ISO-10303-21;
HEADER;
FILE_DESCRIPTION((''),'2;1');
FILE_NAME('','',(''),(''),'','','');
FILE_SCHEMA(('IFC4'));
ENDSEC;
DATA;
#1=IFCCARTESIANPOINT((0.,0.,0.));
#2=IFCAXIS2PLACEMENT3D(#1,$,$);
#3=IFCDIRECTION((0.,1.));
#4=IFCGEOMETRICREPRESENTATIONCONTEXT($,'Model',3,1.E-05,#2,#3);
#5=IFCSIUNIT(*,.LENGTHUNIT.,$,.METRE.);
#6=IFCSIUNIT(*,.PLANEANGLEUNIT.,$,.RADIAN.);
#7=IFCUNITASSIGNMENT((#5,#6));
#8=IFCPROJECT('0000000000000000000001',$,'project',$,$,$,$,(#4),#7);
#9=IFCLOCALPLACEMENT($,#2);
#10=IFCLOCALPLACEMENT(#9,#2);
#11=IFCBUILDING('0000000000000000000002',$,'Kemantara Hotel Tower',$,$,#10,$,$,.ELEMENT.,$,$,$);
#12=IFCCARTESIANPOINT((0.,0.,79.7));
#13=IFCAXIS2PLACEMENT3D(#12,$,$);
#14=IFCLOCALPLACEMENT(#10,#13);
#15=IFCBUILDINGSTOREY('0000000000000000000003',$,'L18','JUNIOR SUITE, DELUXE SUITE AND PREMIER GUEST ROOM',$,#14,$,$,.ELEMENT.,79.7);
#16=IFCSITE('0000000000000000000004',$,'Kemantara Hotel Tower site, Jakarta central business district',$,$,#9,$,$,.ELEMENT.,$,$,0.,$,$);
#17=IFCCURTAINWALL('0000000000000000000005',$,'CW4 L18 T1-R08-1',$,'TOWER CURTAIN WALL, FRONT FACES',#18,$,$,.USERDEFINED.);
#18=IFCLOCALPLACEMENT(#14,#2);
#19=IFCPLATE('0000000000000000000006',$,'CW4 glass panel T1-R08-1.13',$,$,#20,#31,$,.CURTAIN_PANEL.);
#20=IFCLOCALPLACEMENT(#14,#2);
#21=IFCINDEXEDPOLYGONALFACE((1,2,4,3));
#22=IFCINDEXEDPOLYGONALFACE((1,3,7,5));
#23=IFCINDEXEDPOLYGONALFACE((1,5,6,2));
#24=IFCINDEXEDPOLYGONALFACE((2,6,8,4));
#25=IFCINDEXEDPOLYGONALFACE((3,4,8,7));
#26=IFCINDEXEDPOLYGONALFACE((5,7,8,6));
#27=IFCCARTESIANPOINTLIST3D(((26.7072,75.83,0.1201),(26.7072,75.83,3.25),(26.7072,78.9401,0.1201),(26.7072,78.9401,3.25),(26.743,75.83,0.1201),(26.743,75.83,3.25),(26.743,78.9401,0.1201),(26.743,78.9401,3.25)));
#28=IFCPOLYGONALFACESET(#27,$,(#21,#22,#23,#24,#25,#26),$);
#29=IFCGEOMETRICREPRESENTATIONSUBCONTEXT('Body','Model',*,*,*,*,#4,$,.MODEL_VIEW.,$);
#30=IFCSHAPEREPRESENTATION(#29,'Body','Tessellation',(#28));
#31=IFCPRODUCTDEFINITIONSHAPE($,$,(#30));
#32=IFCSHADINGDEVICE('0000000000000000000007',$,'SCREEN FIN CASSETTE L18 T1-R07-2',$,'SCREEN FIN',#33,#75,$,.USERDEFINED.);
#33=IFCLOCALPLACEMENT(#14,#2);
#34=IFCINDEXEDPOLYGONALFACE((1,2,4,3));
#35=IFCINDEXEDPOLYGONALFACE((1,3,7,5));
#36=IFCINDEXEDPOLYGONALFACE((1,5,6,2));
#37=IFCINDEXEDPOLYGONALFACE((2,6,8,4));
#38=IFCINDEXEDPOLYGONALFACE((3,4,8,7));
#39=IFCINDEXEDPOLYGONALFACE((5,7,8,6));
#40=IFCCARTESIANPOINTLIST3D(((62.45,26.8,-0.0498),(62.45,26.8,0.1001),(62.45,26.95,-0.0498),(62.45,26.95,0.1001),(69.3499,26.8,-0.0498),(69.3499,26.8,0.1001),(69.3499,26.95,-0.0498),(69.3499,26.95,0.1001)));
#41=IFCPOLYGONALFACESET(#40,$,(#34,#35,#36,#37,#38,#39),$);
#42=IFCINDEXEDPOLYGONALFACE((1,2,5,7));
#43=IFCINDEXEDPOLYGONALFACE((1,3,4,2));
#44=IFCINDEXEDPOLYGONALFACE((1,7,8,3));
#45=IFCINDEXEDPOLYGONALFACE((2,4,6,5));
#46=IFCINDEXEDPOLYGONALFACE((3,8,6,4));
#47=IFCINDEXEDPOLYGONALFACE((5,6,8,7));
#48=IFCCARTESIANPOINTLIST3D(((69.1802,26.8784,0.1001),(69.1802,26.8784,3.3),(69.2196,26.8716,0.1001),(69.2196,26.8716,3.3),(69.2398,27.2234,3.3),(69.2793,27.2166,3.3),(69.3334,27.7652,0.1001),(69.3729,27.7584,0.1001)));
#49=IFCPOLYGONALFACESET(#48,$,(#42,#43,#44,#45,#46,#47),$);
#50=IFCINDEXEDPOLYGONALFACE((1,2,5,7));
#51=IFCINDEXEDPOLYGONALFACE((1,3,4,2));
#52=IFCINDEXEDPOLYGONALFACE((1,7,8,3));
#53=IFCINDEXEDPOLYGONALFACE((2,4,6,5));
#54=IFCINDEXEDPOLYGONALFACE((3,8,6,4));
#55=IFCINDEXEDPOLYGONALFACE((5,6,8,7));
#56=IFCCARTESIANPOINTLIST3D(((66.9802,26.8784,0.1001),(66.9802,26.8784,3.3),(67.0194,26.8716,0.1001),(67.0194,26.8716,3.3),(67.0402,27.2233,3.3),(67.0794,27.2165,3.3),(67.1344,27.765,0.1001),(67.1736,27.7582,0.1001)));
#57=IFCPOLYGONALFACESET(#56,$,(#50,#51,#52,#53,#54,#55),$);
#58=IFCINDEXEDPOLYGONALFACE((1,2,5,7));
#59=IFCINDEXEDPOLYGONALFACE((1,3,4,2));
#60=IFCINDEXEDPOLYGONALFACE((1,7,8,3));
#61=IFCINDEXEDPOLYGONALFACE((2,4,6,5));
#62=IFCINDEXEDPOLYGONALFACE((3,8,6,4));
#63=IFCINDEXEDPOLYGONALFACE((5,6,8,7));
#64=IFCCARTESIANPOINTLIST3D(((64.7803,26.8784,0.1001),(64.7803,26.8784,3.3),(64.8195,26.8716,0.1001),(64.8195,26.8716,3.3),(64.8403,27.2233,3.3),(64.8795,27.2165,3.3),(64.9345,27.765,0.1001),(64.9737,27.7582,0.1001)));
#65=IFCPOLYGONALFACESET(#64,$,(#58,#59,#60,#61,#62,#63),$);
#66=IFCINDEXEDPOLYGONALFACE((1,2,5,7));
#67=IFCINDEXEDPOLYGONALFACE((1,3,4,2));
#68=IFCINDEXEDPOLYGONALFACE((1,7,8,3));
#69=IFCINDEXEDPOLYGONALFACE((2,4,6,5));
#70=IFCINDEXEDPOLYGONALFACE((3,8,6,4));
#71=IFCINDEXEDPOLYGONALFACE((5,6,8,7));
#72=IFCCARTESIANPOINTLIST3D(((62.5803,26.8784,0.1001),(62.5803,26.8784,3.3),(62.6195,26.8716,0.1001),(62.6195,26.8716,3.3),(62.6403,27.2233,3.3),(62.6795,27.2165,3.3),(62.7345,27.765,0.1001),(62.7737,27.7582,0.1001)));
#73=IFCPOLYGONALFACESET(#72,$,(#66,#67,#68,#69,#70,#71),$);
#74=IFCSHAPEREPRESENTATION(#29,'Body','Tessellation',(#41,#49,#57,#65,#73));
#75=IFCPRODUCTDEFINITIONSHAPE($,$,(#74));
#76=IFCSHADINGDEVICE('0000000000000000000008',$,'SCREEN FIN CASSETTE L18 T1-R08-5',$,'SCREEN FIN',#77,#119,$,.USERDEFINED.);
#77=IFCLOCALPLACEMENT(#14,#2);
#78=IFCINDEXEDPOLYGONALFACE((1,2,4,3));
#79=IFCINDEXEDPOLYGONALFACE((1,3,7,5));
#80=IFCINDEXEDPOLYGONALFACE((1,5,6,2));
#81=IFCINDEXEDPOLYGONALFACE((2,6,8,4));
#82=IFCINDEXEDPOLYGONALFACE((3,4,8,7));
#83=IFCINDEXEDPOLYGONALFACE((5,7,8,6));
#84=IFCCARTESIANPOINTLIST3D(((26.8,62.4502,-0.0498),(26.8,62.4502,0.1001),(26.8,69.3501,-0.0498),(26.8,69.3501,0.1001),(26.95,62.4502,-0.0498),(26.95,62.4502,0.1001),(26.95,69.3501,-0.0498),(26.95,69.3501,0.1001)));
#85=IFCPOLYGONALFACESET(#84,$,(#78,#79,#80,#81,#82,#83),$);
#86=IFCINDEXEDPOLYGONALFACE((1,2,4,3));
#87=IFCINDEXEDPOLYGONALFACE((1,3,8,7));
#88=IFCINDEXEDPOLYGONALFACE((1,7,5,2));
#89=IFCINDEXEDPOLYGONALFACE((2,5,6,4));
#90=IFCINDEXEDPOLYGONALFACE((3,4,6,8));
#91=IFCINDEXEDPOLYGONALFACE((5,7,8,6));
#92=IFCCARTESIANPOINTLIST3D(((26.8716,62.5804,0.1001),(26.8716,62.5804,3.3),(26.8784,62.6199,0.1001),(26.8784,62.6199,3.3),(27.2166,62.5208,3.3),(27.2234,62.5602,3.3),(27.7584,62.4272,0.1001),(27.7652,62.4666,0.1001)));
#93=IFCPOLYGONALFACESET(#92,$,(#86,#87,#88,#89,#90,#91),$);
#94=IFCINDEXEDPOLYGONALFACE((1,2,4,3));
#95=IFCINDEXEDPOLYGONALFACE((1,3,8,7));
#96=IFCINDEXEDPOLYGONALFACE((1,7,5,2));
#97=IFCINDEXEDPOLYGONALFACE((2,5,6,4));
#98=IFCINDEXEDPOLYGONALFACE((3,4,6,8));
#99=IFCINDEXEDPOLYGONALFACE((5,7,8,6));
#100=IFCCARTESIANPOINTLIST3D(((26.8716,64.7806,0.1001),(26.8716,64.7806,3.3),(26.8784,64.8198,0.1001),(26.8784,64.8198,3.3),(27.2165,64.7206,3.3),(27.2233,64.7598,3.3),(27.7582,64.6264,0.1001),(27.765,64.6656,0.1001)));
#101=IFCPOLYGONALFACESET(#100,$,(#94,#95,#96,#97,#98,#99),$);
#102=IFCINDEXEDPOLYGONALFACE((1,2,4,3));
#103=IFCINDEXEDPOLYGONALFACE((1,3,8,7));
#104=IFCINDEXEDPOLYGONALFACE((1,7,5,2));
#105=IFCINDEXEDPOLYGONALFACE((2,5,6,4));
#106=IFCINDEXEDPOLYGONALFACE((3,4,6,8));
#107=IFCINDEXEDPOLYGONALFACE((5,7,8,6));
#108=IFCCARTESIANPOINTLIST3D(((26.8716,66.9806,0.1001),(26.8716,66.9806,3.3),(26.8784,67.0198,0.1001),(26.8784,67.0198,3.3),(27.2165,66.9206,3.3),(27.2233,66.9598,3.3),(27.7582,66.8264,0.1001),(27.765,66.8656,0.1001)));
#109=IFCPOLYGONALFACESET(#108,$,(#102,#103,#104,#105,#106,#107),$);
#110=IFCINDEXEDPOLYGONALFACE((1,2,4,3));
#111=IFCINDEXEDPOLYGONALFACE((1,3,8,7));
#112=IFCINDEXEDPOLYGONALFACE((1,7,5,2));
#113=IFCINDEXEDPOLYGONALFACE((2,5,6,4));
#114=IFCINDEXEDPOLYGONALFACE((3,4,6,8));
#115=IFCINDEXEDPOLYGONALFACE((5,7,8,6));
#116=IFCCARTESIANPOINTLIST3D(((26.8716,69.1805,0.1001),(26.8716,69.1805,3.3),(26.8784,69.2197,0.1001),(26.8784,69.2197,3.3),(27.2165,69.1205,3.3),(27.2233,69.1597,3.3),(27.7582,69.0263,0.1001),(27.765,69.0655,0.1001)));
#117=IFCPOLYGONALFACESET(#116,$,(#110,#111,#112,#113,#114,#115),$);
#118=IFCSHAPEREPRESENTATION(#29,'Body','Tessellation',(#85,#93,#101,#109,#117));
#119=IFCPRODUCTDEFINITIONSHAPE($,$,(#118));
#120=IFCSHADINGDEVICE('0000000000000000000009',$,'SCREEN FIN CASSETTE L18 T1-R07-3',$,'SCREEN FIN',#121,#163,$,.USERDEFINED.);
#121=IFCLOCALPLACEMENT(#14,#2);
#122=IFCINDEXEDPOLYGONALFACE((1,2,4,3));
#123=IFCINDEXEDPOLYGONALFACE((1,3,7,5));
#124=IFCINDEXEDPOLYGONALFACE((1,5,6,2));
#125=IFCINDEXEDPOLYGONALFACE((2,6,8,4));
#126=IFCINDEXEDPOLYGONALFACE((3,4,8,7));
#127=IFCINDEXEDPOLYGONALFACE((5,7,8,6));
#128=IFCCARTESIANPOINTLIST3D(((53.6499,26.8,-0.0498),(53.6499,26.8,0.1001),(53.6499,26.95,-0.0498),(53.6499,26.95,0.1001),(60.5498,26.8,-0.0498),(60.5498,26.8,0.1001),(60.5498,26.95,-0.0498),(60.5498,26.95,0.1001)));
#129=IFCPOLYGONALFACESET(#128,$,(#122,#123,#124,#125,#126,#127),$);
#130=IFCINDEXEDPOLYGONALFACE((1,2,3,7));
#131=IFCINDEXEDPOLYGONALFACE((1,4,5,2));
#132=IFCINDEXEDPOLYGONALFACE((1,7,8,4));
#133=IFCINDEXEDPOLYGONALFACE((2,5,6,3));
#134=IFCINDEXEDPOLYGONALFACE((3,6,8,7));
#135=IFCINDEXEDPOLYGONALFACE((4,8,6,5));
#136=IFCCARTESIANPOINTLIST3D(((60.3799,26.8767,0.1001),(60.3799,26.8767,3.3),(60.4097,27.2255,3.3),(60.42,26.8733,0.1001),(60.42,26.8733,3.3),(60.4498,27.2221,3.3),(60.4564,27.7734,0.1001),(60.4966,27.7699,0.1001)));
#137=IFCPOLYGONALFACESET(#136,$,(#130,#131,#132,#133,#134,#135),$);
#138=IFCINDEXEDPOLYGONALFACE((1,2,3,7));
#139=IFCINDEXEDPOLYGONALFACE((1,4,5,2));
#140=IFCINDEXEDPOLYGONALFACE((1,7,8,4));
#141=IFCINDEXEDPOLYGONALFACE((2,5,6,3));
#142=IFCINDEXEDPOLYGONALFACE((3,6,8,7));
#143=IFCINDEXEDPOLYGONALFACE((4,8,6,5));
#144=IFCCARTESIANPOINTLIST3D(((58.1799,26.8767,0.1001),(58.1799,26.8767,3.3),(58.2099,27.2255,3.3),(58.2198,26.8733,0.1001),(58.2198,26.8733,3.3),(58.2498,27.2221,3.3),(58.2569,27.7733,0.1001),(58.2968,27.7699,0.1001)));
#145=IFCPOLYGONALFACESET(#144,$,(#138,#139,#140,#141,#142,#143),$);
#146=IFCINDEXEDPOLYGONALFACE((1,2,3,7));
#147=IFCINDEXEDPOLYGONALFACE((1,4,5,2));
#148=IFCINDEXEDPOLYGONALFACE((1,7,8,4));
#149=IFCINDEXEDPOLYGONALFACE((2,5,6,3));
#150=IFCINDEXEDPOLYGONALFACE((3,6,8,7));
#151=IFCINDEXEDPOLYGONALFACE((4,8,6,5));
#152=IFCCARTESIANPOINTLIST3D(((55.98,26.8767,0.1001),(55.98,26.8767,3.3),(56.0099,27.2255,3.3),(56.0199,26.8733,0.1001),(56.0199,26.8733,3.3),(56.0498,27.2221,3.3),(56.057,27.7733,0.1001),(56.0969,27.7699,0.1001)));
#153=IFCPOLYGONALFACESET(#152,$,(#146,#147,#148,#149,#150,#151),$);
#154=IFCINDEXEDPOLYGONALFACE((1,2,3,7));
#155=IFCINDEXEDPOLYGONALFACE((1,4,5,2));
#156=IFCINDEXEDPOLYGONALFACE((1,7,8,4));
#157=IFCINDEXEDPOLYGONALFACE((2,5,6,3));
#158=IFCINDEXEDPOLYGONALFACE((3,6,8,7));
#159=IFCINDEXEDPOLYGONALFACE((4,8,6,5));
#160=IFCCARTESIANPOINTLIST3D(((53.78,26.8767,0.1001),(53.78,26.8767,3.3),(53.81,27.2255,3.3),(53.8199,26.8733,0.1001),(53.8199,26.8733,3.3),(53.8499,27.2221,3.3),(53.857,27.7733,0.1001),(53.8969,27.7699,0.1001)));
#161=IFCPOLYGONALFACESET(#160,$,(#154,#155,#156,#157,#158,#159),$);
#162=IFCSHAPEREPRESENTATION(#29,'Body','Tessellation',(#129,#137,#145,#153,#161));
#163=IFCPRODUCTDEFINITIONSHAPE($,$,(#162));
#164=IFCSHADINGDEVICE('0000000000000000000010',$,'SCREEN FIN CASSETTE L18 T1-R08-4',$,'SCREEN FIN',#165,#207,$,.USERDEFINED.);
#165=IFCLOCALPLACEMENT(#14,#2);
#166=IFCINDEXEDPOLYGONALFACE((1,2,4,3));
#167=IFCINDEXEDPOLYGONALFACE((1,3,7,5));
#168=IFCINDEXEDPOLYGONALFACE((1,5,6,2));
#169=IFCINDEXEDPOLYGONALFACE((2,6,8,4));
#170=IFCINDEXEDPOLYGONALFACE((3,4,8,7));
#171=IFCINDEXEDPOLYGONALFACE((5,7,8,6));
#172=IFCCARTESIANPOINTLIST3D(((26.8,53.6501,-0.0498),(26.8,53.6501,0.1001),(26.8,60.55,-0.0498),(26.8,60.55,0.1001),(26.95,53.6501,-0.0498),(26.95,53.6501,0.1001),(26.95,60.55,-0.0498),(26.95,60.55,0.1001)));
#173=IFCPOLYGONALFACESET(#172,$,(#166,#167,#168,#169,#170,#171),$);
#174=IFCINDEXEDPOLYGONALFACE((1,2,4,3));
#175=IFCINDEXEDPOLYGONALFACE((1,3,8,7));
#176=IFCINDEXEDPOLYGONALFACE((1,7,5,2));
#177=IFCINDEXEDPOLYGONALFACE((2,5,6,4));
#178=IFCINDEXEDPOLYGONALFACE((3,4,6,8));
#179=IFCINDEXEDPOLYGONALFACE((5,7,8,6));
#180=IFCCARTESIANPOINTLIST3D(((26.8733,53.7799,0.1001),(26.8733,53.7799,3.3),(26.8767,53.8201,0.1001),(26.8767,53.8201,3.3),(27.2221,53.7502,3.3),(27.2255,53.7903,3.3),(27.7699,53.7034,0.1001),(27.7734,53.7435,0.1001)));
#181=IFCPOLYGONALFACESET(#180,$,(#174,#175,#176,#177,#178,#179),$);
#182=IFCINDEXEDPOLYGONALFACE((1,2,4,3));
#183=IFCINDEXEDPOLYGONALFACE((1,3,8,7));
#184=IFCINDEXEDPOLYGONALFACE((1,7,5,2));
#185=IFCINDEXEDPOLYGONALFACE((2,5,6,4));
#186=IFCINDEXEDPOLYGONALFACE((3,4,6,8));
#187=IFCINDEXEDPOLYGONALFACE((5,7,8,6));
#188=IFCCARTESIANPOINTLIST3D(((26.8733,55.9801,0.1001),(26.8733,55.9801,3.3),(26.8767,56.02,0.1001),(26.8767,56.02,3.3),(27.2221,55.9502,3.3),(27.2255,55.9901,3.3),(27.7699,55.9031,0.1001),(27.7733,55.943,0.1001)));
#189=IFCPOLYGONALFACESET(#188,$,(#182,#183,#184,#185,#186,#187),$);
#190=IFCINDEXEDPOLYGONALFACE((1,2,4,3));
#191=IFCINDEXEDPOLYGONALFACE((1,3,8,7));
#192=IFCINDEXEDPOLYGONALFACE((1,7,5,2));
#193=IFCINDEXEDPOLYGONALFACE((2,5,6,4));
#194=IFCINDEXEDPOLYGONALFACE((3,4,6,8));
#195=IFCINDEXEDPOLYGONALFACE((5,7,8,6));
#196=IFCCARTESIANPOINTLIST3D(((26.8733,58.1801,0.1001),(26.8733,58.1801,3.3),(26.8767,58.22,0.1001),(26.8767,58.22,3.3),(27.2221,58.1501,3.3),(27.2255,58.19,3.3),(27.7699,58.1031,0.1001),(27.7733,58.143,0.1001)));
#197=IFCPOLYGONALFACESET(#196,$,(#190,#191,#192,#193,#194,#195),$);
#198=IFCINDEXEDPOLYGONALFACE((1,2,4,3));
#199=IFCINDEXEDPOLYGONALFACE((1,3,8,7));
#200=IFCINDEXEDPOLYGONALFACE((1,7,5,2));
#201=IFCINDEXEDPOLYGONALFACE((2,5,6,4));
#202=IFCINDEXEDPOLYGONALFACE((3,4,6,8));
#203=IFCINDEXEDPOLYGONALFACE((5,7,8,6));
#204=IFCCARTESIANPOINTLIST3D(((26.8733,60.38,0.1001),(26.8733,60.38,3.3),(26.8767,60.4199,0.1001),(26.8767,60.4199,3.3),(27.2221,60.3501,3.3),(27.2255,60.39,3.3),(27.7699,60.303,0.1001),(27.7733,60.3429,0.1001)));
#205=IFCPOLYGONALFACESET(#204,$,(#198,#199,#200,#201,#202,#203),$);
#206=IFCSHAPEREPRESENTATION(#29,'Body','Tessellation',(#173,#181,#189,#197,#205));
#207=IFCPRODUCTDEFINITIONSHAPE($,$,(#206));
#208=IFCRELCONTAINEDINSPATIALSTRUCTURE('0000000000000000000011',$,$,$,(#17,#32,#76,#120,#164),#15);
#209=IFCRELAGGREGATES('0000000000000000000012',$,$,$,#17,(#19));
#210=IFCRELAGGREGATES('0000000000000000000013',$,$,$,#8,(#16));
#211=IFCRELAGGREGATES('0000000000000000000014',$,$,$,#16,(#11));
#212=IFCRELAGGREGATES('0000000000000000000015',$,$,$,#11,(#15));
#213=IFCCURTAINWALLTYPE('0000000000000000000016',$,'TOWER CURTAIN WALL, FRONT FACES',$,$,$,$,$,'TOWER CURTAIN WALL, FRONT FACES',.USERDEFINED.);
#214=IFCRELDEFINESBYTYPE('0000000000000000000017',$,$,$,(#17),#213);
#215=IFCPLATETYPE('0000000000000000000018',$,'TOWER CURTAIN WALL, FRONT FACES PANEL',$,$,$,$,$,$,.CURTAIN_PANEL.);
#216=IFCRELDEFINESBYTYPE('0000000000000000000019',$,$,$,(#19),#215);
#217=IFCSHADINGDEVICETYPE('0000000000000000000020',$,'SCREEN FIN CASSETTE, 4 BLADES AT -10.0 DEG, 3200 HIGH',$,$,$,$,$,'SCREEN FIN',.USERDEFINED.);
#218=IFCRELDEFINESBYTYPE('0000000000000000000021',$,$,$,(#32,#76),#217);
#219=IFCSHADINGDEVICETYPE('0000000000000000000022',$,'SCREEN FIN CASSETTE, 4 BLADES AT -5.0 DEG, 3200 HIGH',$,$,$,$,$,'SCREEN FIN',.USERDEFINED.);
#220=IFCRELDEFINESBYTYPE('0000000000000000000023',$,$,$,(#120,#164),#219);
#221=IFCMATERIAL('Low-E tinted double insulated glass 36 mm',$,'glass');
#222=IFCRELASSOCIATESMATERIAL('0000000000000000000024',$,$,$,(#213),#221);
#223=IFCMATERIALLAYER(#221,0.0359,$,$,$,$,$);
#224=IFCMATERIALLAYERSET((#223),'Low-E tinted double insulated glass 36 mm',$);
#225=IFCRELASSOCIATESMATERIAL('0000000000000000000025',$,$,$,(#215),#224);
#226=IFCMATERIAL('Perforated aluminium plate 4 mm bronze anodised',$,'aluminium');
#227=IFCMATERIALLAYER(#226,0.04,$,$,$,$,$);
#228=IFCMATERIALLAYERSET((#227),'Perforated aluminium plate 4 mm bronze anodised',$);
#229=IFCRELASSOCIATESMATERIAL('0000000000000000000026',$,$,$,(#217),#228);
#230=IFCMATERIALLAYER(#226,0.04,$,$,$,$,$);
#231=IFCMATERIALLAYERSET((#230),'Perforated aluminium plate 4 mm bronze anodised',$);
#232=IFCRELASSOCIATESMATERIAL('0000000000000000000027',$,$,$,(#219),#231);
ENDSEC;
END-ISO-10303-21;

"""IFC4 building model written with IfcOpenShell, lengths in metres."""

from ifc_helpers import new_model, si_unit, direction, frame, origin, origin_2d, place, context, subcontext, project, spatial, polyline, rectangle, outline, extrude, source, transform, mapped, material, layer, layer_set, type_object, element, aggregate, save


model = new_model("IFC4")

# Units and contexts
model_context = context("Model", 3, precision=1e-05, world=origin(), true_north=direction((0.0, 1.0)))
body_context = subcontext(model_context, "Body", "Model", "MODEL_VIEW")
ifc_project = project(units=[si_unit("LENGTHUNIT", "METRE"), si_unit("PLANEANGLEUNIT", "RADIAN")], contexts=[model_context])

# Site, building, storey
site_placement = place(None, origin())
site = spatial("IfcSite", under=ifc_project, at=site_placement, Name="Kemantara Hotel Tower site, Jakarta central business district", CompositionType="ELEMENT", RefElevation=0.0)
building_placement = place(site_placement, origin())
building = spatial("IfcBuilding", under=site, at=building_placement, Name="Kemantara Hotel Tower", CompositionType="ELEMENT")
storey_placement = place(building_placement, frame((0.0, 0.0, 79.7)))
storey = spatial("IfcBuildingStorey", under=building, at=storey_placement, Name="L18", Description="JUNIOR SUITE, DELUXE SUITE AND PREMIER GUEST ROOM", CompositionType="ELEMENT", Elevation=79.7)

# Curtain wall
ifc_material_1 = material(Name="Low-E tinted double insulated glass 36 mm", Category="glass")
curtain_wall_type = type_object("IfcCurtainWallType", Name="TOWER CURTAIN WALL, FRONT FACES", ElementType="TOWER CURTAIN WALL, FRONT FACES", PredefinedType="USERDEFINED", material=ifc_material_1)
curtain_wall_1_placement = place(storey_placement, origin())
curtain_wall_1 = element("IfcCurtainWall", 1, at=curtain_wall_1_placement, inside=storey, type_object=curtain_wall_type, Name="CW4 L18 T1-R08-1", ObjectType="TOWER CURTAIN WALL, FRONT FACES", PredefinedType="USERDEFINED")

# Plate
ifc_layer_1 = layer(ifc_material_1, 0.0359)
ifc_layer_set_1 = layer_set([ifc_layer_1], Name="Low-E tinted double insulated glass 36 mm")
plate_type = type_object("IfcPlateType", Name="TOWER CURTAIN WALL, FRONT FACES PANEL", PredefinedType="CURTAIN_PANEL", material=ifc_layer_set_1)
shared_shape_1 = source(origin(), body_context, "Body", "SweptSolid", [
    extrude(rectangle(XDim=3.1101, YDim=0.0359, at=origin_2d()), origin(), (0.0, 0.0, 1.0), 3.1299),
])
plate_1_placement = place(storey_placement, frame((26.7251, 77.385, 0.1201), z_axis=(0.0, 0.0, 1.0), x_axis=(0.0, 1.0, 0.0)))
plate_1 = element("IfcPlate", 2, at=plate_1_placement, type_object=plate_type, Name="CW4 glass panel T1-R08-1.13", PredefinedType="CURTAIN_PANEL", context=body_context, shape_type="MappedRepresentation", body=[
    mapped(shared_shape_1, transform((0.0, 0.0, 0.0))),
])
aggregate(curtain_wall_1, [plate_1])

# Shading devices
ifc_material_2 = material(Name="Perforated aluminium plate 4 mm bronze anodised", Category="aluminium")
ifc_layer_2 = layer(ifc_material_2, 0.04)
ifc_layer_set_2 = layer_set([ifc_layer_2], Name="Perforated aluminium plate 4 mm bronze anodised")
shading_device_type_1 = type_object("IfcShadingDeviceType", Name="SCREEN FIN CASSETTE, 4 BLADES AT -10.0 DEG, 3200 HIGH", ElementType="SCREEN FIN", PredefinedType="USERDEFINED", material=ifc_layer_set_2)
shared_shape_2 = source(origin(), body_context, "Body", "SweptSolid", [
    extrude(rectangle(XDim=6.8999, YDim=0.1499, at=origin_2d()), frame((3.3, -0.075, -0.1499), z_axis=(0.0, 0.0, 1.0), x_axis=(1.0, 0.0, 0.0)), (0.0, 0.0, 1.0), 0.1499),
    extrude(outline(polyline([(0.0, 0.0), (0.8999, 0.0), (0.3501, 3.2), (0.0, 3.2), (0.0, 0.0)])), frame((0.0198, -0.0784, 0.0), z_axis=(-0.98539, 0.170314, 0.0), x_axis=(-0.170314, -0.98539, 0.0)), (0.0, 0.0, 1.0), 0.04),
    extrude(outline(polyline([(0.0, 0.0), (0.8999, 0.0), (0.3501, 3.2), (0.0, 3.2), (0.0, 0.0)])), frame((2.2197, -0.0784, 0.0), z_axis=(-0.985212, 0.171341, 0.0), x_axis=(-0.171341, -0.985212, 0.0)), (0.0, 0.0, 1.0), 0.0398),
    extrude(outline(polyline([(0.0, 0.0), (0.8999, 0.0), (0.3501, 3.2), (0.0, 3.2), (0.0, 0.0)])), frame((4.4197, -0.0784, 0.0), z_axis=(-0.985212, 0.171341, 0.0), x_axis=(-0.171341, -0.985212, 0.0)), (0.0, 0.0, 1.0), 0.0398),
    extrude(outline(polyline([(0.0, 0.0), (0.8999, 0.0), (0.3501, 3.2), (0.0, 3.2), (0.0, 0.0)])), frame((6.6196, -0.0784, 0.0), z_axis=(-0.985212, 0.171341, 0.0), x_axis=(-0.171341, -0.985212, 0.0)), (0.0, 0.0, 1.0), 0.0398),
])
for number, where, z_axis, x_axis, name in (
    (3, (69.2, 26.8, 0.1001), (0.0, 0.0, 1.0), (-1.0, 0.0, 0.0), "SCREEN FIN CASSETTE L18 T1-R07-2"),
    (4, (26.8, 62.6001, 0.1001), (0.0, 0.0, 1.0), (0.0, 1.0, 0.0), "SCREEN FIN CASSETTE L18 T1-R08-5"),
):
    element("IfcShadingDevice", number, at=place(storey_placement, frame(where, z_axis=z_axis, x_axis=x_axis)), inside=storey, type_object=shading_device_type_1, Name=name, ObjectType="SCREEN FIN", PredefinedType="USERDEFINED", context=body_context, shape_type="MappedRepresentation", body=[
        mapped(shared_shape_2, transform((0.0, 0.0, 0.0))),
    ])
ifc_layer_3 = layer(ifc_material_2, 0.04)
ifc_layer_set_3 = layer_set([ifc_layer_3], Name="Perforated aluminium plate 4 mm bronze anodised")
shading_device_type_2 = type_object("IfcShadingDeviceType", Name="SCREEN FIN CASSETTE, 4 BLADES AT -5.0 DEG, 3200 HIGH", ElementType="SCREEN FIN", PredefinedType="USERDEFINED", material=ifc_layer_set_3)
shared_shape_3 = source(origin(), body_context, "Body", "SweptSolid", [
    extrude(rectangle(XDim=6.8999, YDim=0.1499, at=origin_2d()), frame((3.3, -0.075, -0.1499), z_axis=(0.0, 0.0, 1.0), x_axis=(1.0, 0.0, 0.0)), (0.0, 0.0, 1.0), 0.1499),
    extrude(outline(polyline([(0.0, 0.0), (0.8999, 0.0), (0.3501, 3.2), (0.0, 3.2), (0.0, 0.0)])), frame((0.02, -0.0767, 0.0), z_axis=(-0.996376, 0.085056, 0.0), x_axis=(-0.085056, -0.996376, 0.0)), (0.0, 0.0, 1.0), 0.0403),
    extrude(outline(polyline([(0.0, 0.0), (0.8999, 0.0), (0.3501, 3.2), (0.0, 3.2), (0.0, 0.0)])), frame((2.22, -0.0767, 0.0), z_axis=(-0.996332, 0.085575, 0.0), x_axis=(-0.085575, -0.996332, 0.0)), (0.0, 0.0, 1.0), 0.04),
    extrude(outline(polyline([(0.0, 0.0), (0.8999, 0.0), (0.3501, 3.2), (0.0, 3.2), (0.0, 0.0)])), frame((4.4199, -0.0767, 0.0), z_axis=(-0.996332, 0.085575, 0.0), x_axis=(-0.085575, -0.996332, 0.0)), (0.0, 0.0, 1.0), 0.04),
    extrude(outline(polyline([(0.0, 0.0), (0.8999, 0.0), (0.3501, 3.2), (0.0, 3.2), (0.0, 0.0)])), frame((6.6199, -0.0767, 0.0), z_axis=(-0.996332, 0.085575, 0.0), x_axis=(-0.085575, -0.996332, 0.0)), (0.0, 0.0, 1.0), 0.04),
])
for number, where, z_axis, x_axis, name in (
    (5, (60.3999, 26.8, 0.1001), (0.0, 0.0, 1.0), (-1.0, 0.0, 0.0), "SCREEN FIN CASSETTE L18 T1-R07-3"),
    (6, (26.8, 53.8, 0.1001), (0.0, 0.0, 1.0), (0.0, 1.0, 0.0), "SCREEN FIN CASSETTE L18 T1-R08-4"),
):
    element("IfcShadingDevice", number, at=place(storey_placement, frame(where, z_axis=z_axis, x_axis=x_axis)), inside=storey, type_object=shading_device_type_2, Name=name, ObjectType="SCREEN FIN", PredefinedType="USERDEFINED", context=body_context, shape_type="MappedRepresentation", body=[
        mapped(shared_shape_3, transform((0.0, 0.0, 0.0))),
    ])

save(model, "model.ifc")
